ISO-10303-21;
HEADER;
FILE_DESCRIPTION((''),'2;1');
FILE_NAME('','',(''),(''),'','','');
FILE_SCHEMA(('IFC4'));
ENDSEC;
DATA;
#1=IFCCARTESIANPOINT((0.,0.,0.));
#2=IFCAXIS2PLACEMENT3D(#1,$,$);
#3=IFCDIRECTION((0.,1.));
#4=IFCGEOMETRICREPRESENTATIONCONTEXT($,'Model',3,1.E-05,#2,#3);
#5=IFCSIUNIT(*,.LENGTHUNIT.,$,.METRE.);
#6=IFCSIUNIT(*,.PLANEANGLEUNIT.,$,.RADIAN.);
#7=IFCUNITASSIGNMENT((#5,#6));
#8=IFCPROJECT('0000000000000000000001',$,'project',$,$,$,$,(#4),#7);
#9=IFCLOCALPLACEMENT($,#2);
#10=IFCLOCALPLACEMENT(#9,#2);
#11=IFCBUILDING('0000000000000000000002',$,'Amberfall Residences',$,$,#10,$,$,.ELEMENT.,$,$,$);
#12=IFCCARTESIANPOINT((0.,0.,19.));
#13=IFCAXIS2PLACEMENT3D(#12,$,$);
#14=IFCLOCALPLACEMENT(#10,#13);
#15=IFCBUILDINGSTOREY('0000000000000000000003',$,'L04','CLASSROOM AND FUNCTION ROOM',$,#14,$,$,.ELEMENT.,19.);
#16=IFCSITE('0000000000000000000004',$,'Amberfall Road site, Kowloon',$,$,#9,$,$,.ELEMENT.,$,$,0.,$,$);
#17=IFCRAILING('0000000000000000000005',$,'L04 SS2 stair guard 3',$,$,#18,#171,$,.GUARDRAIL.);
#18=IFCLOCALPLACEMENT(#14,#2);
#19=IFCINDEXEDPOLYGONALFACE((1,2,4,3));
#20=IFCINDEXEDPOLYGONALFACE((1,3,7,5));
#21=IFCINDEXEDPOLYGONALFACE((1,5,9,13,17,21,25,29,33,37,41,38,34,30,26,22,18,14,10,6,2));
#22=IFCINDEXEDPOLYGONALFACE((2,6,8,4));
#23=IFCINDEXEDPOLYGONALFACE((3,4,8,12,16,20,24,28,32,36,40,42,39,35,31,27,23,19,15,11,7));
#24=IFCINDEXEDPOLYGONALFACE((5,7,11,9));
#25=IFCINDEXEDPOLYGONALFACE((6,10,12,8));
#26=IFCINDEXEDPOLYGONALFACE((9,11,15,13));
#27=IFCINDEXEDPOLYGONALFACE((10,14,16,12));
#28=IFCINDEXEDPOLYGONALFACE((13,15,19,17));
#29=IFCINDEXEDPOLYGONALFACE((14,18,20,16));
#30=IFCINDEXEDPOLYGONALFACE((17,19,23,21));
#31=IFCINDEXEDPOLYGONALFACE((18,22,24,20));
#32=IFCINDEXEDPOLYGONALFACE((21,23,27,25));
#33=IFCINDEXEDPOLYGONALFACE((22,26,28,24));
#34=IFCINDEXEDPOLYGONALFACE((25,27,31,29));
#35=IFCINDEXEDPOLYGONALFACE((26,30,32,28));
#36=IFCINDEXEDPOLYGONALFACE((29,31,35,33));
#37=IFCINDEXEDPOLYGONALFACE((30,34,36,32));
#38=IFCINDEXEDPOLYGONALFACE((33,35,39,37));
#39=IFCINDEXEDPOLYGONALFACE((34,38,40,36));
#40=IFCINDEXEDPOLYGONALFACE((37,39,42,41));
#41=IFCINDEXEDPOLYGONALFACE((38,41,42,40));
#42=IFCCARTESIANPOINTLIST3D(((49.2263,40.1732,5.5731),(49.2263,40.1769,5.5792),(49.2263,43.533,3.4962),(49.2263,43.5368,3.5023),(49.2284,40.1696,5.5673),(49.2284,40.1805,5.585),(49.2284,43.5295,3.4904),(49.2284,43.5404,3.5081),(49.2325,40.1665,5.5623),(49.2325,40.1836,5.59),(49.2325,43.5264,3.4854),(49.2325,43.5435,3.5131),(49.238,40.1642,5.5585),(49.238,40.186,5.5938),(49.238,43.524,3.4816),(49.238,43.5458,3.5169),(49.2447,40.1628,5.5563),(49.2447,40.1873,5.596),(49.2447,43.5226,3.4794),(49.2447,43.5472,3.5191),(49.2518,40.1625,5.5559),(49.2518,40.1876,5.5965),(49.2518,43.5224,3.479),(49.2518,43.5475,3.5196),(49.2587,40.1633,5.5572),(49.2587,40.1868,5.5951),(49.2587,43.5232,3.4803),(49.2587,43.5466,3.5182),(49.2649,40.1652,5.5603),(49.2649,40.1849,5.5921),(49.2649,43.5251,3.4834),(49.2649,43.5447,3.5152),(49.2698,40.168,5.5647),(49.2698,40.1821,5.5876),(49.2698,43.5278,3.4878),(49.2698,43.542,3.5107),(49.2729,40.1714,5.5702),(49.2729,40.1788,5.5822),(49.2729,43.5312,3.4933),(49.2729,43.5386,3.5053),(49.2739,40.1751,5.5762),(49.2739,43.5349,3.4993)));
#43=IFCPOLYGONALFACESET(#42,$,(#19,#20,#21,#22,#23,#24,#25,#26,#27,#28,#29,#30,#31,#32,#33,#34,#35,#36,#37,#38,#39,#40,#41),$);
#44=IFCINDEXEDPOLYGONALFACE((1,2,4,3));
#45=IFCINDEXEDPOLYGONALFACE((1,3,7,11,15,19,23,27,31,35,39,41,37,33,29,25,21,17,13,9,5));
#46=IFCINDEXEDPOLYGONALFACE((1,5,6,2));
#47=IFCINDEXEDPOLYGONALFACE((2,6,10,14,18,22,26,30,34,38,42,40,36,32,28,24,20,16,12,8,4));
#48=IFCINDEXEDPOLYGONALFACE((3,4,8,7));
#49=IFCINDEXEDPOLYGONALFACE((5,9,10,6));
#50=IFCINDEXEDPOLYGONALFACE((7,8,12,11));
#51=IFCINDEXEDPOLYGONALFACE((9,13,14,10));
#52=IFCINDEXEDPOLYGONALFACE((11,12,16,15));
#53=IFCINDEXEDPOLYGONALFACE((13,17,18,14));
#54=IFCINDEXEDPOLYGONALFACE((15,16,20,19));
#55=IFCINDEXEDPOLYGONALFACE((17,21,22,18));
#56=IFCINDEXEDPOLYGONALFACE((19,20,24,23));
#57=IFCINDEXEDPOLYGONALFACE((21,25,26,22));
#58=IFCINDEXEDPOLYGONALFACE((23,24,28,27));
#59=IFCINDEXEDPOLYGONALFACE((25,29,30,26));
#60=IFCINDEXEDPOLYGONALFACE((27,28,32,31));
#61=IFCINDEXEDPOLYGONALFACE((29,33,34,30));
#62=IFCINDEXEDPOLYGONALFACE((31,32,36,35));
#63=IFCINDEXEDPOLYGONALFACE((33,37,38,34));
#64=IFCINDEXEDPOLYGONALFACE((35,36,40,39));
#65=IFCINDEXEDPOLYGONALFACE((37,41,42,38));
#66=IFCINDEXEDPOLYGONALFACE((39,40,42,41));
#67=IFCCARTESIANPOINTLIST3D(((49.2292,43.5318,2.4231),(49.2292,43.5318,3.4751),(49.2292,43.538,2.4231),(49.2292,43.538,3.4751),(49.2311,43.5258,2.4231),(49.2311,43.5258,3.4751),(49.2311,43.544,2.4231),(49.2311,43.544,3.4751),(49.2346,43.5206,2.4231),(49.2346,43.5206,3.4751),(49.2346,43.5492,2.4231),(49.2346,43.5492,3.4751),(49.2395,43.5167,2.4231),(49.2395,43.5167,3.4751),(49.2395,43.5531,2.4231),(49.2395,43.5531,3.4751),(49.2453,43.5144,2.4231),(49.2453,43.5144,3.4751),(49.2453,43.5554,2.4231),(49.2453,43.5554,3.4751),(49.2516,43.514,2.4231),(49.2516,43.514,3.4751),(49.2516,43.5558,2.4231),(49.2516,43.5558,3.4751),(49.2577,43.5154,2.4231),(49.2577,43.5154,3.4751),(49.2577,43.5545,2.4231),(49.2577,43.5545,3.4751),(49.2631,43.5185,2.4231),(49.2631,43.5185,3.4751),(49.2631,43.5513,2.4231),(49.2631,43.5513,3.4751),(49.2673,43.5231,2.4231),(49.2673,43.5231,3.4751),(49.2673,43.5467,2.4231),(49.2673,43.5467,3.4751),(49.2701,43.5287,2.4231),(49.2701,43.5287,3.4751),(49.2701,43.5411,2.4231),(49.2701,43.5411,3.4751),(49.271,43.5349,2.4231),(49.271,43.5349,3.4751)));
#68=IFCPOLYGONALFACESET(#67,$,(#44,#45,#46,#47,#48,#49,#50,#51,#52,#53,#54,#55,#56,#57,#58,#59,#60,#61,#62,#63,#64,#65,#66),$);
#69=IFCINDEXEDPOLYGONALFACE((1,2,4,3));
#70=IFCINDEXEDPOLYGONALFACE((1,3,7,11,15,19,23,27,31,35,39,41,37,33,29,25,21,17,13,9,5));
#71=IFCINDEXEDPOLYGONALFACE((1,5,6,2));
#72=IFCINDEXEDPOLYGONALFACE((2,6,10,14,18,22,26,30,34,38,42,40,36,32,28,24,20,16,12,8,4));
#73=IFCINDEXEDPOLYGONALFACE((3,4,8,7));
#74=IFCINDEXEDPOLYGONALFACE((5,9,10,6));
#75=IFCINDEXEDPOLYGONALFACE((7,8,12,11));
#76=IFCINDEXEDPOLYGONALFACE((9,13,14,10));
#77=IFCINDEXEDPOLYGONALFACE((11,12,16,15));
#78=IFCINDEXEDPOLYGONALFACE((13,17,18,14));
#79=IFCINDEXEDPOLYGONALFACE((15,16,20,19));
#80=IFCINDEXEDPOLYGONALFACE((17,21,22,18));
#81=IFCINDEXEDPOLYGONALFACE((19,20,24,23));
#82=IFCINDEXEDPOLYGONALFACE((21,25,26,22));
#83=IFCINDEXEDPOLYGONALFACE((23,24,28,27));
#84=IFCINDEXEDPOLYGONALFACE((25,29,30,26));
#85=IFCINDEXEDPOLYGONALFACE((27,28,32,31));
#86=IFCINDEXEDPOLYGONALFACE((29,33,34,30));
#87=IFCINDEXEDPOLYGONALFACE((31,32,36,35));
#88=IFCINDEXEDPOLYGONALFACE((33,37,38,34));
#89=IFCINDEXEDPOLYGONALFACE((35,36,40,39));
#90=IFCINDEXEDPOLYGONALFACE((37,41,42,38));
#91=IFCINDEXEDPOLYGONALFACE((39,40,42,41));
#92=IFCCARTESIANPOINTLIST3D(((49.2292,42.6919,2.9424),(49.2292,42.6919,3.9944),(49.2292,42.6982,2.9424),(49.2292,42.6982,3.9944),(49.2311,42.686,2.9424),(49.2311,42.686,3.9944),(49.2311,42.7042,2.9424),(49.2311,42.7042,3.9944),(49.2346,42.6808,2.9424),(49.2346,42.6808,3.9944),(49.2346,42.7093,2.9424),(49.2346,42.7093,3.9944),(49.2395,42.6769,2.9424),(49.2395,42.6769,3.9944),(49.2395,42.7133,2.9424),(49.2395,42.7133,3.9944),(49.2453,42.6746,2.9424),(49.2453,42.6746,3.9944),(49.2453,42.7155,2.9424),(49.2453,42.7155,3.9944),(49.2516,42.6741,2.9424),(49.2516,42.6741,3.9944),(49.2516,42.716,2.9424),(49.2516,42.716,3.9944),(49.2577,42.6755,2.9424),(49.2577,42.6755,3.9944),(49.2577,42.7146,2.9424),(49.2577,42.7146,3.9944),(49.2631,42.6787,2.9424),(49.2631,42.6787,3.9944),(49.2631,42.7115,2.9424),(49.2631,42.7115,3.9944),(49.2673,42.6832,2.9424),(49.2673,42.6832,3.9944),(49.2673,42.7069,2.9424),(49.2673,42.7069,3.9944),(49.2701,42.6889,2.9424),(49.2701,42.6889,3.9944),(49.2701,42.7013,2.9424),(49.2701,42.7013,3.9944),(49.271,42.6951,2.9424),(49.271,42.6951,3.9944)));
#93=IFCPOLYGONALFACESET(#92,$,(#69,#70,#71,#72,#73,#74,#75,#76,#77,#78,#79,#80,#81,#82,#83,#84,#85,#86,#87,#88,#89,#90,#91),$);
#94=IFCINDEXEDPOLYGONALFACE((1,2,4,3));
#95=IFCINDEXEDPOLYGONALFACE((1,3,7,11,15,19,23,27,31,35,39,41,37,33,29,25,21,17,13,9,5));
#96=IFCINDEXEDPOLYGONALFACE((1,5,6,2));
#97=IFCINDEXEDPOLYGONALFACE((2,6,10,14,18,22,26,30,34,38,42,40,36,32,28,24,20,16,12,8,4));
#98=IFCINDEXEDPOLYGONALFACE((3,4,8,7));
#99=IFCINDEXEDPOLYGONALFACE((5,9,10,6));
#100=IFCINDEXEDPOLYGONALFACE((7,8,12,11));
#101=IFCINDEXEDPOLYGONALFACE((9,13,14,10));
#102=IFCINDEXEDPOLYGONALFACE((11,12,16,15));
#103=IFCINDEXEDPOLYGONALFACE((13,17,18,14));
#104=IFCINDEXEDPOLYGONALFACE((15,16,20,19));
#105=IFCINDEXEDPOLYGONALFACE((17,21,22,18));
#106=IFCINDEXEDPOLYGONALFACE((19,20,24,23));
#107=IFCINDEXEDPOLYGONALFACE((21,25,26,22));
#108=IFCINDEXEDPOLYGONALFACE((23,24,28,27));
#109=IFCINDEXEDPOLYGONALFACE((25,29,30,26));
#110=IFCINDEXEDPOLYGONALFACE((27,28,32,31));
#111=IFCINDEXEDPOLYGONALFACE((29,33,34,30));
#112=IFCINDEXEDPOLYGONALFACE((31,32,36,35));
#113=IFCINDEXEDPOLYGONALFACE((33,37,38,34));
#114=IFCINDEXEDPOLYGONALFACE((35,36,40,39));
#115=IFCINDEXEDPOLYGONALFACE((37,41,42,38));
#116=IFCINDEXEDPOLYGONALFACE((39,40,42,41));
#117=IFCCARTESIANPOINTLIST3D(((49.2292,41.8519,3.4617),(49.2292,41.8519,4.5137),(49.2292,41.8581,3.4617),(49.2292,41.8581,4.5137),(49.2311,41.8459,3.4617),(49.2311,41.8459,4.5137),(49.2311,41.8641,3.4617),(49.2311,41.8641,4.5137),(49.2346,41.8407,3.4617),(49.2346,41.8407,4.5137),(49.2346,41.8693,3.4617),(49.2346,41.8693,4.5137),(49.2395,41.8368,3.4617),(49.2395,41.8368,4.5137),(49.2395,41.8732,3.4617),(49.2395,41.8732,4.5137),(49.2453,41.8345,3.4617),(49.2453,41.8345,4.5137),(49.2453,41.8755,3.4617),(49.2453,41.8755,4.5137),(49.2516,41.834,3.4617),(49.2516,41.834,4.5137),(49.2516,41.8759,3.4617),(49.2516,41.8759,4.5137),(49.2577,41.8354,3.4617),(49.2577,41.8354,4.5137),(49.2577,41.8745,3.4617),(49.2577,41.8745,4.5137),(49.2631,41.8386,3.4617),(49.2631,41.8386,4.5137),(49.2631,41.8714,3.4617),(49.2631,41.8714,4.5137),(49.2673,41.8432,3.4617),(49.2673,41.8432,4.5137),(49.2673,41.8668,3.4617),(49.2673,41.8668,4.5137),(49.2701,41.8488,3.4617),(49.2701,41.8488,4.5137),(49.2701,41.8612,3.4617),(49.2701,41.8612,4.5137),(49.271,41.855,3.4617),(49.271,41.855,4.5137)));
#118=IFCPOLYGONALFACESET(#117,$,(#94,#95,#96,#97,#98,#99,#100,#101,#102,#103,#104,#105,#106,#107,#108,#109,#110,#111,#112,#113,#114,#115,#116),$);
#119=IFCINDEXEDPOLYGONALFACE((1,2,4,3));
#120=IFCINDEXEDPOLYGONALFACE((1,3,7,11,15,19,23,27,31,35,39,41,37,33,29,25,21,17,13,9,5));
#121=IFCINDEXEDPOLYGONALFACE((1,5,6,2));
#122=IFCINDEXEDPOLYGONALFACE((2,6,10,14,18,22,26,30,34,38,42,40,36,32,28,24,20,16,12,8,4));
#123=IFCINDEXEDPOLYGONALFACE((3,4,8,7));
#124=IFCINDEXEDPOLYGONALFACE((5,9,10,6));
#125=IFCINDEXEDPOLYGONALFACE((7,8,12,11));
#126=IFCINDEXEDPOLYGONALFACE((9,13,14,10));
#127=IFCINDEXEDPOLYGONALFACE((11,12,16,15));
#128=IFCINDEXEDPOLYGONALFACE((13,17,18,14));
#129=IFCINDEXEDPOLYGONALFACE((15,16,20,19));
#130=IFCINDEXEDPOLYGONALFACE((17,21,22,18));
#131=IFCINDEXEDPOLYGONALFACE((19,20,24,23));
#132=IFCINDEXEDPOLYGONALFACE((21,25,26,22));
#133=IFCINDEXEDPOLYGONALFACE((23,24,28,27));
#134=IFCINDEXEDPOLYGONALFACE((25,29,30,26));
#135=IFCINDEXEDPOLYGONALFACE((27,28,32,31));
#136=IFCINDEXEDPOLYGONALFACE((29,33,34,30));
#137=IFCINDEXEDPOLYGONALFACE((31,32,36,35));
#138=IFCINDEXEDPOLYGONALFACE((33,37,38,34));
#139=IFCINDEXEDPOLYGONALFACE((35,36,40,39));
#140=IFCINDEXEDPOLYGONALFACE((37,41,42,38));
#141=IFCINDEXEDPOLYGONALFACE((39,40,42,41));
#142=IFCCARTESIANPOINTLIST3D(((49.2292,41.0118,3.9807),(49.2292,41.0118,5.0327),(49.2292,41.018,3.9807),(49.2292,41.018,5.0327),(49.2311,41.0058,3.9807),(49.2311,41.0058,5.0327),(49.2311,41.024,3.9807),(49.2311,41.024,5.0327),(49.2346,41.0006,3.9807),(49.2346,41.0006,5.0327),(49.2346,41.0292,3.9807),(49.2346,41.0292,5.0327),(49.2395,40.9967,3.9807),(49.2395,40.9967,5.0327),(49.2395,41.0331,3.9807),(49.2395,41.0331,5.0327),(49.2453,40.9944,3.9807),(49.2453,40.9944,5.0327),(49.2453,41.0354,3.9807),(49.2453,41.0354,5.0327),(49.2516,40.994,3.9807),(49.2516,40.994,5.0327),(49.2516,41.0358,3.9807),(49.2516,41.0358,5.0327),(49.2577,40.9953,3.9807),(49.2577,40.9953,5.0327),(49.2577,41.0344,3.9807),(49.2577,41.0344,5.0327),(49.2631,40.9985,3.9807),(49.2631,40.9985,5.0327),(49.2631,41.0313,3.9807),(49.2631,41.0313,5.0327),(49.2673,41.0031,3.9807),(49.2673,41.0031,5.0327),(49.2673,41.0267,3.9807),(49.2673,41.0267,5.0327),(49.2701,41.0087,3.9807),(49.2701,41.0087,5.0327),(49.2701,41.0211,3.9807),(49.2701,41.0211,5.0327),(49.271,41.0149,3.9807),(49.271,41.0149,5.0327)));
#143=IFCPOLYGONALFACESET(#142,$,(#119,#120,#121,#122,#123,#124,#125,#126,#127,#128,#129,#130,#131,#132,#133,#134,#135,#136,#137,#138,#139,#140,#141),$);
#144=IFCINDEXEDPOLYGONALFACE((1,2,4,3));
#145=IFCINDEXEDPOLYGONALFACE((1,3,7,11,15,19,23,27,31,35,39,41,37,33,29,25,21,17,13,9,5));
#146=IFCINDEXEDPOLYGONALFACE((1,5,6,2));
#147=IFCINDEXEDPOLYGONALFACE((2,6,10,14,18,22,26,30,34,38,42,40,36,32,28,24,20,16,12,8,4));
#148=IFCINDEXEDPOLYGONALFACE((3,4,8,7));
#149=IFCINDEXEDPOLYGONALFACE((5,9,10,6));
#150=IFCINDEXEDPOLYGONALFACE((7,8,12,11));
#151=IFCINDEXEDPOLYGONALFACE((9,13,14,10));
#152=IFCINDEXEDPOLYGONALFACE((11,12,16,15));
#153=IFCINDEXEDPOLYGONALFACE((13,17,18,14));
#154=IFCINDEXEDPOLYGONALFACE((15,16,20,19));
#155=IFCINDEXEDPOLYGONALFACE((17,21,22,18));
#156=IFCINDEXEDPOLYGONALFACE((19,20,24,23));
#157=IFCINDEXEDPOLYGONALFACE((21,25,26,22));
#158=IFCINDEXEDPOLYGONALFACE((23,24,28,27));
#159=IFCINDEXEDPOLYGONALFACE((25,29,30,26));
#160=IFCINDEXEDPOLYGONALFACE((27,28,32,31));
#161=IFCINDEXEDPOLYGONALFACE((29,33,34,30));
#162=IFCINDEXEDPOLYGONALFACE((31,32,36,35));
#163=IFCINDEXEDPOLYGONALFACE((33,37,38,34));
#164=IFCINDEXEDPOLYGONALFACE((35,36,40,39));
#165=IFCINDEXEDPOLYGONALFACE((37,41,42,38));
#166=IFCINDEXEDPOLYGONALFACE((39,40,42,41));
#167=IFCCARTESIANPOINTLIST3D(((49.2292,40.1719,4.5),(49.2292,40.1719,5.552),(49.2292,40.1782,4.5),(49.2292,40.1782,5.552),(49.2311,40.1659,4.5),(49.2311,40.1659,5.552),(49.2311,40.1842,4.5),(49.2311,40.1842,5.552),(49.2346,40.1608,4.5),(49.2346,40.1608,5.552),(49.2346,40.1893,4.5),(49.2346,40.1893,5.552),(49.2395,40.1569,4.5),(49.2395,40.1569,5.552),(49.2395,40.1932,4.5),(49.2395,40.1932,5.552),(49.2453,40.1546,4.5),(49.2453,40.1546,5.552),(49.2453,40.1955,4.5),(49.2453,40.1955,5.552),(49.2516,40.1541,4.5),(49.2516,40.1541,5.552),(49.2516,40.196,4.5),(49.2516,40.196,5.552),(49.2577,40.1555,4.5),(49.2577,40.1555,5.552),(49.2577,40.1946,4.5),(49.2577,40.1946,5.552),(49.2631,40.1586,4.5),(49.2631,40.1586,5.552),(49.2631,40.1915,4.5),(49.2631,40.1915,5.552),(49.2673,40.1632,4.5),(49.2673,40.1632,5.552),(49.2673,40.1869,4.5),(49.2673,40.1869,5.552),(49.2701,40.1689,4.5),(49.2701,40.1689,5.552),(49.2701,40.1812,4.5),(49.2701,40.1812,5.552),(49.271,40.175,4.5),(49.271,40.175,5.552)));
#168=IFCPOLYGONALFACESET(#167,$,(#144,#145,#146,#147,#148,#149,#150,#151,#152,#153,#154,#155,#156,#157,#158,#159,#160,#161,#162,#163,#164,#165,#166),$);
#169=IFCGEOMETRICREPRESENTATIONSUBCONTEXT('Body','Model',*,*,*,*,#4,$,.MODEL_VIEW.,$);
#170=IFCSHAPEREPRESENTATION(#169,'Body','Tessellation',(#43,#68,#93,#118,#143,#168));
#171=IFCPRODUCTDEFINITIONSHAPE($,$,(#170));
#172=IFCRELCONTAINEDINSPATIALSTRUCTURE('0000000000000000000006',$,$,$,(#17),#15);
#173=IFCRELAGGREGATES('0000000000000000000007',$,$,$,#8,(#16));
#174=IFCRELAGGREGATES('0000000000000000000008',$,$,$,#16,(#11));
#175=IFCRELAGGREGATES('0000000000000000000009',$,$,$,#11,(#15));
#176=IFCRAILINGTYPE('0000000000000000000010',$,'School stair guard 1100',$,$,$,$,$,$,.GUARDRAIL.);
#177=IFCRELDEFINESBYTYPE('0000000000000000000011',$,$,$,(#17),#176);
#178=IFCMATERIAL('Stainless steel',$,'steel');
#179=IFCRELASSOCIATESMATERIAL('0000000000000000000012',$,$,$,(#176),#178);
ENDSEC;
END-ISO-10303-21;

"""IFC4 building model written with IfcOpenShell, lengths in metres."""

from ifc_helpers import new_model, si_unit, direction, frame, origin, origin_2d, place, context, subcontext, project, spatial, circle, extrude, material, type_object, element, save


model = new_model("IFC4")

# Units and contexts
model_context = context("Model", 3, precision=1e-05, world=origin(), true_north=direction((0.0, 1.0)))
body_context = subcontext(model_context, "Body", "Model", "MODEL_VIEW")
ifc_project = project(units=[si_unit("LENGTHUNIT", "METRE"), si_unit("PLANEANGLEUNIT", "RADIAN")], contexts=[model_context])

# Site, building, storey
site_placement = place(None, origin())
site = spatial("IfcSite", under=ifc_project, at=site_placement, Name="Amberfall Road site, Kowloon", CompositionType="ELEMENT", RefElevation=0.0)
building_placement = place(site_placement, origin())
building = spatial("IfcBuilding", under=site, at=building_placement, Name="Amberfall Residences", CompositionType="ELEMENT")
storey_placement = place(building_placement, frame((0.0, 0.0, 19.0)))
storey = spatial("IfcBuildingStorey", under=building, at=storey_placement, Name="L04", Description="CLASSROOM AND FUNCTION ROOM", CompositionType="ELEMENT", Elevation=19.0)

# Railing
ifc_material_1 = material(Name="Stainless steel", Category="steel")
railing_type_1 = type_object("IfcRailingType", Name="School stair guard 1100", PredefinedType="GUARDRAIL", material=ifc_material_1)
railing_1_placement = place(storey_placement, frame((49.25, 43.5349, 2.4231)))
element("IfcRailing", 1, at=railing_1_placement, inside=storey, type_object=railing_type_1, Name="L04 SS2 stair guard 3", PredefinedType="GUARDRAIL", context=body_context, shape_type="SweptSolid", body=[
    extrude(circle(Radius=0.0239, at=origin_2d()), frame((0.0, 0.0, 1.0762), z_axis=(0.0, -0.850606, 0.525803), x_axis=(1.0, 0.0, 0.0)), (0.0, 0.0, 1.0), 3.95),
    extrude(circle(Radius=0.021, at=origin_2d()), origin(), (0.0, 0.0, 1.0), 1.052),
    extrude(circle(Radius=0.021, at=origin_2d()), frame((0.0, -0.8398, 0.5193)), (0.0, 0.0, 1.0), 1.052),
    extrude(circle(Radius=0.021, at=origin_2d()), frame((0.0, -1.6799, 1.0386)), (0.0, 0.0, 1.0), 1.052),
    extrude(circle(Radius=0.021, at=origin_2d()), frame((0.0, -2.52, 1.5576)), (0.0, 0.0, 1.0), 1.052),
    extrude(circle(Radius=0.021, at=origin_2d()), frame((0.0, -3.3599, 2.0769)), (0.0, 0.0, 1.0), 1.052),
])

save(model, "model.ifc")
